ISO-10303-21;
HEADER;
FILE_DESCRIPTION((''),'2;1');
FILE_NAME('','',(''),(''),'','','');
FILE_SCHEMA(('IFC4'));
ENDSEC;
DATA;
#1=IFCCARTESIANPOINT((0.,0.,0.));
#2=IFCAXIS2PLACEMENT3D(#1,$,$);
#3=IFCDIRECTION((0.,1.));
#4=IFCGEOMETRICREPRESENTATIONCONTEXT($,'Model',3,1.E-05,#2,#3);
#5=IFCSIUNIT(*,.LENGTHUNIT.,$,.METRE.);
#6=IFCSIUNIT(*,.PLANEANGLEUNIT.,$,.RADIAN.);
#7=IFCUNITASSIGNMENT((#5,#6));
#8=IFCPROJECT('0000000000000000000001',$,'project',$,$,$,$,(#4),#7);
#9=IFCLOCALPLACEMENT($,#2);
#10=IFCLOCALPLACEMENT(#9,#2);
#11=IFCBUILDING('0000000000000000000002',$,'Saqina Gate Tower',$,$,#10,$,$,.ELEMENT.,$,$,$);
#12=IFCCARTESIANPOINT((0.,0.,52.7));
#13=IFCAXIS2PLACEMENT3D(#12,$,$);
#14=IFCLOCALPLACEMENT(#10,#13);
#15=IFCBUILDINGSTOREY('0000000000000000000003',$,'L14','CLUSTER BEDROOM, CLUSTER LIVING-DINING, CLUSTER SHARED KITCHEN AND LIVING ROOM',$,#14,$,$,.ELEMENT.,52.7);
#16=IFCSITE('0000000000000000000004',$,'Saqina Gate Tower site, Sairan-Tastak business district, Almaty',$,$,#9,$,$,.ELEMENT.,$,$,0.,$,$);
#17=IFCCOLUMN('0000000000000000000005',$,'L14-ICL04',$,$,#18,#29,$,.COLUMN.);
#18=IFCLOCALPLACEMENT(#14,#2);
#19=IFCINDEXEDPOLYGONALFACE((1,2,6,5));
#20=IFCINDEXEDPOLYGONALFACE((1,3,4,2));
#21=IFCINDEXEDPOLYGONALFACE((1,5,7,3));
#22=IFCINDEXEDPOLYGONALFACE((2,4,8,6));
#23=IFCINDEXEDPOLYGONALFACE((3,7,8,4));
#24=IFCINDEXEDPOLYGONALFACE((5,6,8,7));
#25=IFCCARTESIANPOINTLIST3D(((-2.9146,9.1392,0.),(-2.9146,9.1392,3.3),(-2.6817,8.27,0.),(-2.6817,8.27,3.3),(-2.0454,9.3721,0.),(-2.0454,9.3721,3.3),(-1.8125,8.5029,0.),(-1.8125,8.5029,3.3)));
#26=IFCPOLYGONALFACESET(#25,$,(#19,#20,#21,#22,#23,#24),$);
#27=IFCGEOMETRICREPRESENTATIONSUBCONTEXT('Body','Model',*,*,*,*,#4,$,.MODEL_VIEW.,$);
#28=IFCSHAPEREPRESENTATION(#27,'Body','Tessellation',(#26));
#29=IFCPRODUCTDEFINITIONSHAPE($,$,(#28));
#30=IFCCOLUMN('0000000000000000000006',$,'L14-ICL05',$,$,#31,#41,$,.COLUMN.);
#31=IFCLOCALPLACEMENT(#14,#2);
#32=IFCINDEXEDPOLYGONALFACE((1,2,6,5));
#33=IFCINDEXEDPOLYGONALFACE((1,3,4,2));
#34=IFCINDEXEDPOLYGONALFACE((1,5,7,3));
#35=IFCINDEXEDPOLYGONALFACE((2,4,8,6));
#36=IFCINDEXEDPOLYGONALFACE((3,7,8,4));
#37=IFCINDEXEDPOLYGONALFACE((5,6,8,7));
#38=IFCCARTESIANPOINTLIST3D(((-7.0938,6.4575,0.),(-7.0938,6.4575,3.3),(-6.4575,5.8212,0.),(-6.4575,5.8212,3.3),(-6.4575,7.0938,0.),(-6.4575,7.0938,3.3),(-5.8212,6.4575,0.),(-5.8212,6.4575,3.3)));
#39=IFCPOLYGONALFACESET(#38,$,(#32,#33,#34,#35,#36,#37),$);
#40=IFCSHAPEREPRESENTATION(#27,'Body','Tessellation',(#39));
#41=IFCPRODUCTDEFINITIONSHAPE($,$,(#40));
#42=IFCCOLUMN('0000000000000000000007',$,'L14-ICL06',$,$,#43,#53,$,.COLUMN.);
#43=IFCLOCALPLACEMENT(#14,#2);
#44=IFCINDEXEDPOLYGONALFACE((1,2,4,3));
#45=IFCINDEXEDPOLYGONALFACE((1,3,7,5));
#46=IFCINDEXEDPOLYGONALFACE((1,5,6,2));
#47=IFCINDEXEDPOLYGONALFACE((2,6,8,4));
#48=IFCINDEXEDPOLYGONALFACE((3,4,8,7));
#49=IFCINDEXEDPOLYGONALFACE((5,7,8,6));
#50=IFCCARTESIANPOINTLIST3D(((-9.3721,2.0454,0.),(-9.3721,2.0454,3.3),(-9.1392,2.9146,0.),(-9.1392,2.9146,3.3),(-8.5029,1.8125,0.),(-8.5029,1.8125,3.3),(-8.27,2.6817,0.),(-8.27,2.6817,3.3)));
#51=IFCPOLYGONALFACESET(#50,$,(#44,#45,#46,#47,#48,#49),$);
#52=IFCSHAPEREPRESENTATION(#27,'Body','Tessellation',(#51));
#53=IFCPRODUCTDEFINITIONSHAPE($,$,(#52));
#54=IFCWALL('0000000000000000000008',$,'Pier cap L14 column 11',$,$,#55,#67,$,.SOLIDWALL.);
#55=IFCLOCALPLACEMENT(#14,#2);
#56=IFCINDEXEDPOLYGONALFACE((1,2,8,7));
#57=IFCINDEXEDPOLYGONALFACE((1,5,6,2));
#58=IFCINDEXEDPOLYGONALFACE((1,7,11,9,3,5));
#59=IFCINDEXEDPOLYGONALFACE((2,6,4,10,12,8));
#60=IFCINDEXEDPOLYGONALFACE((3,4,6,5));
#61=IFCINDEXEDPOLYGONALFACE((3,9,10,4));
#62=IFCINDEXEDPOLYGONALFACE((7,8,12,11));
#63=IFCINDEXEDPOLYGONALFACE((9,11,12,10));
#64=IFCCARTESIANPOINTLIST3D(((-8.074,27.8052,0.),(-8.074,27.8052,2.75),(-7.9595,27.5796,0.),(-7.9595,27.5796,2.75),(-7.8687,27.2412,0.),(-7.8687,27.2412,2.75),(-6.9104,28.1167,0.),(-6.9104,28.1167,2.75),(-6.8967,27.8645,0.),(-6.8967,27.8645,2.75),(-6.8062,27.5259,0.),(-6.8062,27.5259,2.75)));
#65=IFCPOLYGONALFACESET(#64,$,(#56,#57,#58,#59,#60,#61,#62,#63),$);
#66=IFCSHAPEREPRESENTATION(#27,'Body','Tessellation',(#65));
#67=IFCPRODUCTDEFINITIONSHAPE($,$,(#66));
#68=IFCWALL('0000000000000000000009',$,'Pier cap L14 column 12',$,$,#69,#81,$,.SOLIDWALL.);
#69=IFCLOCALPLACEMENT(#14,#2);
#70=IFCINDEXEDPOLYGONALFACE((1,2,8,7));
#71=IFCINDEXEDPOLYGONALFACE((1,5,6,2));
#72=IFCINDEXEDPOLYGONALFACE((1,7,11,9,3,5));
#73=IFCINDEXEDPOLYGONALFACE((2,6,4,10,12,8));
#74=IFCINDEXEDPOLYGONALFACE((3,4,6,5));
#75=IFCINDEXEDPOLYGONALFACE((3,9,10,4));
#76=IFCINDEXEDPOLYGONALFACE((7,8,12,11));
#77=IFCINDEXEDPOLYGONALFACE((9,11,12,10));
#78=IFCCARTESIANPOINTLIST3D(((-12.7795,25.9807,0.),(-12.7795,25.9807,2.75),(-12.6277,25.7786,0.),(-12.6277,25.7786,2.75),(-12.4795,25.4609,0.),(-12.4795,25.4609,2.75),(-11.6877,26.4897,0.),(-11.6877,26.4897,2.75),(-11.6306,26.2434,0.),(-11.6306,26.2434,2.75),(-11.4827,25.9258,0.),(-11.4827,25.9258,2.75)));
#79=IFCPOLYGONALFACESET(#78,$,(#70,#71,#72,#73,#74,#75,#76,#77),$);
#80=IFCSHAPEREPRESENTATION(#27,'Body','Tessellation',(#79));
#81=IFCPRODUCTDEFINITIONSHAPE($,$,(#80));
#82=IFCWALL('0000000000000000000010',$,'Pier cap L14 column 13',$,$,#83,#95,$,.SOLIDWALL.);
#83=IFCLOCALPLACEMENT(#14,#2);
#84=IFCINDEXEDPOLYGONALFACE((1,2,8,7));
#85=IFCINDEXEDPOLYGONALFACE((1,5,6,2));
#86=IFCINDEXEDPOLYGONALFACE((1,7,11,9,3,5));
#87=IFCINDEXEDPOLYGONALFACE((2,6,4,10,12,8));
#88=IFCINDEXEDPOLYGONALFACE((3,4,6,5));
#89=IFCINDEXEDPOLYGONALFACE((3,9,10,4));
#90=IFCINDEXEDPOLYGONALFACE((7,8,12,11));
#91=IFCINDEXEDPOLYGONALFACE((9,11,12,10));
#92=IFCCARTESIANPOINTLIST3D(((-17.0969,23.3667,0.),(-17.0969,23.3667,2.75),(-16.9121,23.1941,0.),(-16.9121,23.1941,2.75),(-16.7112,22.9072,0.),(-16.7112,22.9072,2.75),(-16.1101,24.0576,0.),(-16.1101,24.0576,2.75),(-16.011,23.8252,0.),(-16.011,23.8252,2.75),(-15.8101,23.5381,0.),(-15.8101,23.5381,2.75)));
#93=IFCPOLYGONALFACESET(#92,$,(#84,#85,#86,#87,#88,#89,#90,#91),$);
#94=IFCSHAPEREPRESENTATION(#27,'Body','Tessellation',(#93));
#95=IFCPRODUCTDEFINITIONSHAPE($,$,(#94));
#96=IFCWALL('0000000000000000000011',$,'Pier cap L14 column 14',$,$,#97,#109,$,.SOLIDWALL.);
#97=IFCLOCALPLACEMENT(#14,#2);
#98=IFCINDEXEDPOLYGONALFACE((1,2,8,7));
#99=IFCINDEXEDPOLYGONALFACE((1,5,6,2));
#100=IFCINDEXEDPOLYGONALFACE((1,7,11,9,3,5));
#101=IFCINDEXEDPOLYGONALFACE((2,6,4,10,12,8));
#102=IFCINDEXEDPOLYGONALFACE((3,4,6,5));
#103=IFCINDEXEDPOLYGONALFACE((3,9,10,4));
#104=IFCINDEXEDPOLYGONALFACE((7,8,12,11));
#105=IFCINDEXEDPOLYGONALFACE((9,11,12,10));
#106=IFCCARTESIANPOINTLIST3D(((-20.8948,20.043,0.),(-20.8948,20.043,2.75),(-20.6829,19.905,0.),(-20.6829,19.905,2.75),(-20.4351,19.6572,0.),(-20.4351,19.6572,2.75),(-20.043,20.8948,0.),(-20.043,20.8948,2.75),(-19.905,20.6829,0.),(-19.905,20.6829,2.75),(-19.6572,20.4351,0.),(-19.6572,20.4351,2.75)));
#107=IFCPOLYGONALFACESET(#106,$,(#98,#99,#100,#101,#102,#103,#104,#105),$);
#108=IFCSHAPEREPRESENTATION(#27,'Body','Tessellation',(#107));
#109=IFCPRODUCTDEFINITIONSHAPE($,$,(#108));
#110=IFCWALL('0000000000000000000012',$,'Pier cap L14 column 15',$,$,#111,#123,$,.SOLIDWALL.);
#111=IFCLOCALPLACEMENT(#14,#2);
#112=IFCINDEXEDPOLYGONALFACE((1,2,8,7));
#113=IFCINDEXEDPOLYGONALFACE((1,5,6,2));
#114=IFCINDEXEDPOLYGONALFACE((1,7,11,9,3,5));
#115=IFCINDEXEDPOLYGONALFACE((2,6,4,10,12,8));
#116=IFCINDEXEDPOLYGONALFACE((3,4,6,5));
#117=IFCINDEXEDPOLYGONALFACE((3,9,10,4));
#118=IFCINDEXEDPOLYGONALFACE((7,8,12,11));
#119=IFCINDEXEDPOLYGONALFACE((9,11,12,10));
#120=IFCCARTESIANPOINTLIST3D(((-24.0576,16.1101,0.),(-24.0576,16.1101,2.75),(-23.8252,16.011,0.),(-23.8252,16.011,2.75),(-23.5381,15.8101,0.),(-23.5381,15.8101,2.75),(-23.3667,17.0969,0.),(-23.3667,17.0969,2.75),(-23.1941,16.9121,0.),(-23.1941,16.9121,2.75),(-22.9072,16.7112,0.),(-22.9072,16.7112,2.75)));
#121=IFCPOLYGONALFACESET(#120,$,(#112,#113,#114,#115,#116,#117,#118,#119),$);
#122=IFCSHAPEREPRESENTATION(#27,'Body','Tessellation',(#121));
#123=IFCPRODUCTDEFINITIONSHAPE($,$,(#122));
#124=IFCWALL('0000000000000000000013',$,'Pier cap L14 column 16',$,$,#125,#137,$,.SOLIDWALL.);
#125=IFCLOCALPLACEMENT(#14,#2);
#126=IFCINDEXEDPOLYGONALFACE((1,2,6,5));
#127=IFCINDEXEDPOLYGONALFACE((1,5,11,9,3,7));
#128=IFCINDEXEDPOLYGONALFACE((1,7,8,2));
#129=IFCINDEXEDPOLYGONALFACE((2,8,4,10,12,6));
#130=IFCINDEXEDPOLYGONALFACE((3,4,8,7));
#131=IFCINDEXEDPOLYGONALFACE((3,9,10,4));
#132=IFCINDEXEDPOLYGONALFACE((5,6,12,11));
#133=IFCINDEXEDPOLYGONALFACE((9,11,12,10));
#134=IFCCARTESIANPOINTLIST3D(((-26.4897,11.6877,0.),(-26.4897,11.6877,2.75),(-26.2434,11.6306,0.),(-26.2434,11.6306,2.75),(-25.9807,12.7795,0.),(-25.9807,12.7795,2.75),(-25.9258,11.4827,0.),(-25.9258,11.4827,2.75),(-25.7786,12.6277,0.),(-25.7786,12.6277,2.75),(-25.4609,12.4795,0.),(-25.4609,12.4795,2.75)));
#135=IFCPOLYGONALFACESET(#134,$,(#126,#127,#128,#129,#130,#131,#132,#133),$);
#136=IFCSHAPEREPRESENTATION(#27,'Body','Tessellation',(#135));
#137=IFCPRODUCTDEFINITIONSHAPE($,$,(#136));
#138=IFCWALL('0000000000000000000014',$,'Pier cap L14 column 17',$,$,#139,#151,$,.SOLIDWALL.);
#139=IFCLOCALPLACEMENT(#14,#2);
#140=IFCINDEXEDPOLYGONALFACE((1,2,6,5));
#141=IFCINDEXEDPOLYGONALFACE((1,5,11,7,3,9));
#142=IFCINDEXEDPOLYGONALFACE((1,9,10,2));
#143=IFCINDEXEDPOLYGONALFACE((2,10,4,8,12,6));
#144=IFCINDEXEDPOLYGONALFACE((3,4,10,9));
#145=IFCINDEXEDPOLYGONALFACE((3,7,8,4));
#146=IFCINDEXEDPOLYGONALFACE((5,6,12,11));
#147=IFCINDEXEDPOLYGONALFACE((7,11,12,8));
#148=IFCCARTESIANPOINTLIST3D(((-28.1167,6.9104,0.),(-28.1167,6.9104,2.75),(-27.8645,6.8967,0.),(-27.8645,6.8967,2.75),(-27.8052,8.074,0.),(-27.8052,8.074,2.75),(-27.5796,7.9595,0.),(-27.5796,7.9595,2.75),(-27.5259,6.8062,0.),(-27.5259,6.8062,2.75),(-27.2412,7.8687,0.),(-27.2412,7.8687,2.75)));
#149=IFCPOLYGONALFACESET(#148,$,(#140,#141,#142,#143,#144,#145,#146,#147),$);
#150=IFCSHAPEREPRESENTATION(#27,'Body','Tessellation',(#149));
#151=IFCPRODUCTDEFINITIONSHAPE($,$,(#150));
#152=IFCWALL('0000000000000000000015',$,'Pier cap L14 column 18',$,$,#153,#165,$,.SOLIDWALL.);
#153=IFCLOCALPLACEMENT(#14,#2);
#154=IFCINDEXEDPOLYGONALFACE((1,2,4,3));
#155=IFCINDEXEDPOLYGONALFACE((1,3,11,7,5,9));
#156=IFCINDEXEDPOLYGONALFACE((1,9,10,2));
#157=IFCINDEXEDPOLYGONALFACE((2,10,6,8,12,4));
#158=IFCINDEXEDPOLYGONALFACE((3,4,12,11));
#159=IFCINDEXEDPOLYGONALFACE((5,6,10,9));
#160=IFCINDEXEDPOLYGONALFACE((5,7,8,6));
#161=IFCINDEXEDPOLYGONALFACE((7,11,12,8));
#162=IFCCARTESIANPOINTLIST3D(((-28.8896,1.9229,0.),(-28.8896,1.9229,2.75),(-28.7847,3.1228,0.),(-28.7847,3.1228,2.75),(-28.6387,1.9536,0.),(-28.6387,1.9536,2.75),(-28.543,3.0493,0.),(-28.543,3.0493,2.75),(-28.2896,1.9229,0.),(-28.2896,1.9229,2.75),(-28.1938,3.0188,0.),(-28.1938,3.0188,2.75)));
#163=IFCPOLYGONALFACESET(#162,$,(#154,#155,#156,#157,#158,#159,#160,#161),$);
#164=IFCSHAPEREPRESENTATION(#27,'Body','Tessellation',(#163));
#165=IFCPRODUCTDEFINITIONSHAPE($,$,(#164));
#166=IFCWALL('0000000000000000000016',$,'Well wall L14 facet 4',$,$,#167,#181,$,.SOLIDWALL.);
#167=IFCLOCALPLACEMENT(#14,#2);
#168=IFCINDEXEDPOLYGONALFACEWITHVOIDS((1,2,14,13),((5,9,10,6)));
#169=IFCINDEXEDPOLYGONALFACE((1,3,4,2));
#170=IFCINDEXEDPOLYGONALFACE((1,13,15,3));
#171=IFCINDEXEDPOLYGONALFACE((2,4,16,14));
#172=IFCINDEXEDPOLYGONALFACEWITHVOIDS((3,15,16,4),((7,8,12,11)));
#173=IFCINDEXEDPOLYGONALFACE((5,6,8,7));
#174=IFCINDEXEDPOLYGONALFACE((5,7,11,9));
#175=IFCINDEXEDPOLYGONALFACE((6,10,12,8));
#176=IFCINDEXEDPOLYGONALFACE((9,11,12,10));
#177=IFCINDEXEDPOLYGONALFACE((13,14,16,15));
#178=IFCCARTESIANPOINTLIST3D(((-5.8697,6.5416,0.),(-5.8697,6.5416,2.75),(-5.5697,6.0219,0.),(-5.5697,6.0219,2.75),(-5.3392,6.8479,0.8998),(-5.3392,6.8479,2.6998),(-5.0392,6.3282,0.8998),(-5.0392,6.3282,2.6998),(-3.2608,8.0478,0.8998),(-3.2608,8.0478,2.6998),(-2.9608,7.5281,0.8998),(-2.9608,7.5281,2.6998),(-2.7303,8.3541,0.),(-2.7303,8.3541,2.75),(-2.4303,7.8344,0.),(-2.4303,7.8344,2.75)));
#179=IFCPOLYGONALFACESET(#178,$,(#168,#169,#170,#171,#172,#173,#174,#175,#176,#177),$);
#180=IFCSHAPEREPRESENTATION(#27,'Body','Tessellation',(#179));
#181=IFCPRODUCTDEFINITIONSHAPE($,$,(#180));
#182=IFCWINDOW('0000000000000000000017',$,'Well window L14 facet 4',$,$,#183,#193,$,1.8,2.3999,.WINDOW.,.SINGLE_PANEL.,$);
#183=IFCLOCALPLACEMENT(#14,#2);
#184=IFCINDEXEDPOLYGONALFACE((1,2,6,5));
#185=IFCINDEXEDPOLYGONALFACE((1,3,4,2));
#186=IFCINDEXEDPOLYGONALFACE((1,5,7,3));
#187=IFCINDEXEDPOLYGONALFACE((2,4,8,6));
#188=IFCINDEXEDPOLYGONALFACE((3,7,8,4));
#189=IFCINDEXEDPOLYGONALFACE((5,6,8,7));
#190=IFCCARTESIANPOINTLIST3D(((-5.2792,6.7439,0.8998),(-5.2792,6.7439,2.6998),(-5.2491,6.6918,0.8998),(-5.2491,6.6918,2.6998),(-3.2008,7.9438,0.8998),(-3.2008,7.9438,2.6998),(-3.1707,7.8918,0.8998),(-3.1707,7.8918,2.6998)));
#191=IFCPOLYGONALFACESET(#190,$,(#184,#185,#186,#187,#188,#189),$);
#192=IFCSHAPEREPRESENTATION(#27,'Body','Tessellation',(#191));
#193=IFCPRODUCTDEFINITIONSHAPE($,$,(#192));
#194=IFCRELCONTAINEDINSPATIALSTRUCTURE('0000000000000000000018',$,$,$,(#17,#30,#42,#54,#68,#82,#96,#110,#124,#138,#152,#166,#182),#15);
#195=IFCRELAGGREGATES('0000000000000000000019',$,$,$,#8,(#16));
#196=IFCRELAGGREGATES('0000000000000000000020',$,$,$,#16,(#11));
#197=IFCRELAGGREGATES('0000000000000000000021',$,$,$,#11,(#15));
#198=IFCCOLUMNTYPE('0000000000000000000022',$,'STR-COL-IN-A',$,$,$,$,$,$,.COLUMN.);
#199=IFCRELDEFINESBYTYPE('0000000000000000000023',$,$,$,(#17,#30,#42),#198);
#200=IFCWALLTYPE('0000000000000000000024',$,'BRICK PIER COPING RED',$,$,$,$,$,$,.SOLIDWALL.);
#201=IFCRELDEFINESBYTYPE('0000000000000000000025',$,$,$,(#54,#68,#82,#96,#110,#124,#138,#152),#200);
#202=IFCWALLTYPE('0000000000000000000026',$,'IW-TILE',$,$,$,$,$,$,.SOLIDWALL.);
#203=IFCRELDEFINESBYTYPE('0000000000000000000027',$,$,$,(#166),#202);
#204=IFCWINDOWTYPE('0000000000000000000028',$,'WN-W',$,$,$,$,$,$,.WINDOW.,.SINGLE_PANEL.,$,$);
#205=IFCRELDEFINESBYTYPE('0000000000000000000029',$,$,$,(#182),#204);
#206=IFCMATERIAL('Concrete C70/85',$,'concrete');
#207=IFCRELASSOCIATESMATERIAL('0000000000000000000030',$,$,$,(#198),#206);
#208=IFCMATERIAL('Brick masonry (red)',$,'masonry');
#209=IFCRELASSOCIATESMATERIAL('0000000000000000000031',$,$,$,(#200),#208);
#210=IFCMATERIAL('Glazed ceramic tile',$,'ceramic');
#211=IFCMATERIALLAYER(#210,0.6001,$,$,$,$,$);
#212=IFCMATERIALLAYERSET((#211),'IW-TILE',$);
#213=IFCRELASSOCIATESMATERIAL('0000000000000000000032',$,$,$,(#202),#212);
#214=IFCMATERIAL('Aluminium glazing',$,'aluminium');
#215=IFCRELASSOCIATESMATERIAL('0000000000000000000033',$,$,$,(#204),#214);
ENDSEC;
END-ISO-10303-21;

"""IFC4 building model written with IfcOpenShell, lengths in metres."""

from ifc_helpers import new_model, si_unit, direction, frame, frame_2d, origin, origin_2d, place, context, subcontext, project, spatial, polyline, rectangle, outline, extrude, material, layer, layer_set, material_profile, profile_set, type_object, element, fill, save


model = new_model("IFC4")

# Units and contexts
model_context = context("Model", 3, precision=1e-05, world=origin(), true_north=direction((0.0, 1.0)))
body_context = subcontext(model_context, "Body", "Model", "MODEL_VIEW")
ifc_project = project(units=[si_unit("LENGTHUNIT", "METRE"), si_unit("PLANEANGLEUNIT", "RADIAN")], contexts=[model_context])

# Site, building, storey
site_placement = place(None, origin())
site = spatial("IfcSite", under=ifc_project, at=site_placement, Name="Saqina Gate Tower site, Sairan-Tastak business district, Almaty", CompositionType="ELEMENT", RefElevation=0.0)
building_placement = place(site_placement, origin())
building = spatial("IfcBuilding", under=site, at=building_placement, Name="Saqina Gate Tower", CompositionType="ELEMENT")
storey_placement = place(building_placement, frame((0.0, 0.0, 52.7)))
storey = spatial("IfcBuildingStorey", under=building, at=storey_placement, Name="L14", Description="CLUSTER BEDROOM, CLUSTER LIVING-DINING, CLUSTER SHARED KITCHEN AND LIVING ROOM", CompositionType="ELEMENT", Elevation=52.7)

# Columns
ifc_material_1 = material(Name="Concrete C70/85", Category="concrete")
ifc_material_profile = material_profile(ifc_material_1, rectangle(XDim=0.8999, YDim=0.8999, at=origin_2d()), Name="RC 900x900")
ifc_profile_set = profile_set([ifc_material_profile], Name="Concrete C70/85")
column_type = type_object("IfcColumnType", Name="STR-COL-IN-A", PredefinedType="COLUMN", material=ifc_profile_set)
for number, where, z_axis, x_axis, name in (
    (1, (-2.3635, 8.821, 0.0), (0.0, 0.0, 1.0), (-0.258819, 0.965926, 0.0), "L14-ICL04"),
    (2, (-6.4575, 6.4575, 0.0), (0.0, 0.0, 1.0), (-0.707107, 0.707107, 0.0), "L14-ICL05"),
    (3, (-8.821, 2.3635, 0.0), (0.0, 0.0, 1.0), (-0.965926, 0.258819, 0.0), "L14-ICL06"),
):
    element("IfcColumn", number, at=place(storey_placement, frame(where, z_axis=z_axis, x_axis=x_axis)), inside=storey, type_object=column_type, Name=name, PredefinedType="COLUMN", context=body_context, shape_type="SweptSolid", body=[
        extrude(rectangle(XDim=0.8999, YDim=0.8999, at=origin_2d()), origin(), (0.0, 0.0, 1.0), 3.3),
    ])

# Walls
ifc_material_2 = material(Name="Brick masonry (red)", Category="masonry")
wall_type_1 = type_object("IfcWallType", Name="BRICK PIER COPING RED", PredefinedType="SOLIDWALL", material=ifc_material_2)
wall_1_placement = place(storey_placement, origin())
element("IfcWall", 4, at=wall_1_placement, inside=storey, type_object=wall_type_1, Name="Pier cap L14 column 11", PredefinedType="SOLIDWALL", context=body_context, shape_type="SweptSolid", body=[
    extrude(outline(polyline([(-6.9104, 28.1167), (-8.074, 27.8052), (-7.8687, 27.2412), (-7.9595, 27.5796), (-6.8967, 27.8645), (-6.8062, 27.5259), (-6.9104, 28.1167)])), origin(), (0.0, 0.0, 1.0), 2.75),
])
wall_2_placement = place(storey_placement, origin())
element("IfcWall", 5, at=wall_2_placement, inside=storey, type_object=wall_type_1, Name="Pier cap L14 column 12", PredefinedType="SOLIDWALL", context=body_context, shape_type="SweptSolid", body=[
    extrude(outline(polyline([(-12.7795, 25.9807), (-12.4795, 25.4609), (-12.6277, 25.7786), (-11.6306, 26.2434), (-11.4827, 25.9258), (-11.6877, 26.4897), (-12.7795, 25.9807)])), origin(), (0.0, 0.0, 1.0), 2.75),
])
wall_3_placement = place(storey_placement, origin())
element("IfcWall", 6, at=wall_3_placement, inside=storey, type_object=wall_type_1, Name="Pier cap L14 column 13", PredefinedType="SOLIDWALL", context=body_context, shape_type="SweptSolid", body=[
    extrude(outline(polyline([(-16.1101, 24.0576), (-17.0969, 23.3667), (-16.7112, 22.9072), (-16.9121, 23.1941), (-16.011, 23.8252), (-15.8101, 23.5381), (-16.1101, 24.0576)])), origin(), (0.0, 0.0, 1.0), 2.75),
])
wall_4_placement = place(storey_placement, origin())
element("IfcWall", 7, at=wall_4_placement, inside=storey, type_object=wall_type_1, Name="Pier cap L14 column 14", PredefinedType="SOLIDWALL", context=body_context, shape_type="SweptSolid", body=[
    extrude(outline(polyline([(-20.8948, 20.043), (-20.4351, 19.6572), (-20.6829, 19.905), (-19.905, 20.6829), (-19.6572, 20.4351), (-20.043, 20.8948), (-20.8948, 20.043)])), origin(), (0.0, 0.0, 1.0), 2.75),
])
wall_5_placement = place(storey_placement, origin())
element("IfcWall", 8, at=wall_5_placement, inside=storey, type_object=wall_type_1, Name="Pier cap L14 column 15", PredefinedType="SOLIDWALL", context=body_context, shape_type="SweptSolid", body=[
    extrude(outline(polyline([(-23.3667, 17.0969), (-24.0576, 16.1101), (-23.5381, 15.8101), (-23.8252, 16.011), (-23.1941, 16.9121), (-22.9072, 16.7112), (-23.3667, 17.0969)])), origin(), (0.0, 0.0, 1.0), 2.75),
])
wall_6_placement = place(storey_placement, origin())
element("IfcWall", 9, at=wall_6_placement, inside=storey, type_object=wall_type_1, Name="Pier cap L14 column 16", PredefinedType="SOLIDWALL", context=body_context, shape_type="SweptSolid", body=[
    extrude(outline(polyline([(-26.4897, 11.6877), (-25.9258, 11.4827), (-26.2434, 11.6306), (-25.7786, 12.6277), (-25.4609, 12.4795), (-25.9807, 12.7795), (-26.4897, 11.6877)])), origin(), (0.0, 0.0, 1.0), 2.75),
])
wall_7_placement = place(storey_placement, origin())
element("IfcWall", 10, at=wall_7_placement, inside=storey, type_object=wall_type_1, Name="Pier cap L14 column 17", PredefinedType="SOLIDWALL", context=body_context, shape_type="SweptSolid", body=[
    extrude(outline(polyline([(-28.1167, 6.9104), (-27.5259, 6.8062), (-27.8645, 6.8967), (-27.5796, 7.9595), (-27.2412, 7.8687), (-27.8052, 8.074), (-28.1167, 6.9104)])), origin(), (0.0, 0.0, 1.0), 2.75),
])
wall_8_placement = place(storey_placement, origin())
element("IfcWall", 11, at=wall_8_placement, inside=storey, type_object=wall_type_1, Name="Pier cap L14 column 18", PredefinedType="SOLIDWALL", context=body_context, shape_type="SweptSolid", body=[
    extrude(outline(polyline([(-28.7847, 3.1228), (-28.8896, 1.9229), (-28.2896, 1.9229), (-28.6387, 1.9536), (-28.543, 3.0493), (-28.1938, 3.0188), (-28.7847, 3.1228)])), origin(), (0.0, 0.0, 1.0), 2.75),
])

# Wall, opening, window
ifc_material_3 = material(Name="Glazed ceramic tile", Category="ceramic")
ifc_layer_1 = layer(ifc_material_3, 0.6001)
ifc_layer_set_1 = layer_set([ifc_layer_1], Name="IW-TILE")
wall_type_2 = type_object("IfcWallType", Name="IW-TILE", PredefinedType="SOLIDWALL", material=ifc_layer_set_1)
wall_9_placement = place(storey_placement, frame((-2.5803, 8.0942, 0.0), z_axis=(0.0, 0.0, 1.0), x_axis=(-0.86603, -0.499993, 0.0)))
wall_9 = element("IfcWall", 12, at=wall_9_placement, inside=storey, type_object=wall_type_2, Name="Well wall L14 facet 4", PredefinedType="SOLIDWALL", context=body_context, shape_type="SweptSolid", body=[
    extrude(rectangle(XDim=3.625, YDim=0.6001, at=frame_2d((1.8125, 0.0))), origin(), (0.0, 0.0, 1.0), 2.75),
])
opening_1_placement = place(wall_9_placement, frame((0.6125, 0.0, 0.8999)))
opening_1 = element("IfcOpeningElement", 13, at=opening_1_placement, cuts=wall_9, PredefinedType="OPENING", context=body_context, shape_type="SweptSolid", body=[
    extrude(rectangle(XDim=2.3999, YDim=1.8, at=frame_2d((1.2, 0.8999))), frame((0.0, 0.312, 0.0), z_axis=(0.0, -1.0, 0.0), x_axis=(1.0, 0.0, 0.0)), (0.0, 0.0, 1.0), 0.624),
])
ifc_material_4 = material(Name="Aluminium glazing", Category="aluminium")
window_type = type_object("IfcWindowType", Name="WN-W", PartitioningType="SINGLE_PANEL", PredefinedType="WINDOW", material=ifc_material_4)
window_1_placement = place(opening_1_placement, origin())
window_1 = element("IfcWindow", 14, at=window_1_placement, inside=storey, type_object=window_type, Name="Well window L14 facet 4", OverallHeight=1.8, OverallWidth=2.3999, PartitioningType="SINGLE_PANEL", PredefinedType="WINDOW", context=body_context, shape_type="SweptSolid", body=[
    extrude(rectangle(XDim=2.3999, YDim=1.8, at=frame_2d((1.2, 0.8999))), frame((0.0, -0.1199, 0.0), z_axis=(0.0, -1.0, 0.0), x_axis=(1.0, 0.0, 0.0)), (0.0, 0.0, 1.0), 0.0601),
])
fill(opening_1, window_1)

save(model, "model.ifc")
